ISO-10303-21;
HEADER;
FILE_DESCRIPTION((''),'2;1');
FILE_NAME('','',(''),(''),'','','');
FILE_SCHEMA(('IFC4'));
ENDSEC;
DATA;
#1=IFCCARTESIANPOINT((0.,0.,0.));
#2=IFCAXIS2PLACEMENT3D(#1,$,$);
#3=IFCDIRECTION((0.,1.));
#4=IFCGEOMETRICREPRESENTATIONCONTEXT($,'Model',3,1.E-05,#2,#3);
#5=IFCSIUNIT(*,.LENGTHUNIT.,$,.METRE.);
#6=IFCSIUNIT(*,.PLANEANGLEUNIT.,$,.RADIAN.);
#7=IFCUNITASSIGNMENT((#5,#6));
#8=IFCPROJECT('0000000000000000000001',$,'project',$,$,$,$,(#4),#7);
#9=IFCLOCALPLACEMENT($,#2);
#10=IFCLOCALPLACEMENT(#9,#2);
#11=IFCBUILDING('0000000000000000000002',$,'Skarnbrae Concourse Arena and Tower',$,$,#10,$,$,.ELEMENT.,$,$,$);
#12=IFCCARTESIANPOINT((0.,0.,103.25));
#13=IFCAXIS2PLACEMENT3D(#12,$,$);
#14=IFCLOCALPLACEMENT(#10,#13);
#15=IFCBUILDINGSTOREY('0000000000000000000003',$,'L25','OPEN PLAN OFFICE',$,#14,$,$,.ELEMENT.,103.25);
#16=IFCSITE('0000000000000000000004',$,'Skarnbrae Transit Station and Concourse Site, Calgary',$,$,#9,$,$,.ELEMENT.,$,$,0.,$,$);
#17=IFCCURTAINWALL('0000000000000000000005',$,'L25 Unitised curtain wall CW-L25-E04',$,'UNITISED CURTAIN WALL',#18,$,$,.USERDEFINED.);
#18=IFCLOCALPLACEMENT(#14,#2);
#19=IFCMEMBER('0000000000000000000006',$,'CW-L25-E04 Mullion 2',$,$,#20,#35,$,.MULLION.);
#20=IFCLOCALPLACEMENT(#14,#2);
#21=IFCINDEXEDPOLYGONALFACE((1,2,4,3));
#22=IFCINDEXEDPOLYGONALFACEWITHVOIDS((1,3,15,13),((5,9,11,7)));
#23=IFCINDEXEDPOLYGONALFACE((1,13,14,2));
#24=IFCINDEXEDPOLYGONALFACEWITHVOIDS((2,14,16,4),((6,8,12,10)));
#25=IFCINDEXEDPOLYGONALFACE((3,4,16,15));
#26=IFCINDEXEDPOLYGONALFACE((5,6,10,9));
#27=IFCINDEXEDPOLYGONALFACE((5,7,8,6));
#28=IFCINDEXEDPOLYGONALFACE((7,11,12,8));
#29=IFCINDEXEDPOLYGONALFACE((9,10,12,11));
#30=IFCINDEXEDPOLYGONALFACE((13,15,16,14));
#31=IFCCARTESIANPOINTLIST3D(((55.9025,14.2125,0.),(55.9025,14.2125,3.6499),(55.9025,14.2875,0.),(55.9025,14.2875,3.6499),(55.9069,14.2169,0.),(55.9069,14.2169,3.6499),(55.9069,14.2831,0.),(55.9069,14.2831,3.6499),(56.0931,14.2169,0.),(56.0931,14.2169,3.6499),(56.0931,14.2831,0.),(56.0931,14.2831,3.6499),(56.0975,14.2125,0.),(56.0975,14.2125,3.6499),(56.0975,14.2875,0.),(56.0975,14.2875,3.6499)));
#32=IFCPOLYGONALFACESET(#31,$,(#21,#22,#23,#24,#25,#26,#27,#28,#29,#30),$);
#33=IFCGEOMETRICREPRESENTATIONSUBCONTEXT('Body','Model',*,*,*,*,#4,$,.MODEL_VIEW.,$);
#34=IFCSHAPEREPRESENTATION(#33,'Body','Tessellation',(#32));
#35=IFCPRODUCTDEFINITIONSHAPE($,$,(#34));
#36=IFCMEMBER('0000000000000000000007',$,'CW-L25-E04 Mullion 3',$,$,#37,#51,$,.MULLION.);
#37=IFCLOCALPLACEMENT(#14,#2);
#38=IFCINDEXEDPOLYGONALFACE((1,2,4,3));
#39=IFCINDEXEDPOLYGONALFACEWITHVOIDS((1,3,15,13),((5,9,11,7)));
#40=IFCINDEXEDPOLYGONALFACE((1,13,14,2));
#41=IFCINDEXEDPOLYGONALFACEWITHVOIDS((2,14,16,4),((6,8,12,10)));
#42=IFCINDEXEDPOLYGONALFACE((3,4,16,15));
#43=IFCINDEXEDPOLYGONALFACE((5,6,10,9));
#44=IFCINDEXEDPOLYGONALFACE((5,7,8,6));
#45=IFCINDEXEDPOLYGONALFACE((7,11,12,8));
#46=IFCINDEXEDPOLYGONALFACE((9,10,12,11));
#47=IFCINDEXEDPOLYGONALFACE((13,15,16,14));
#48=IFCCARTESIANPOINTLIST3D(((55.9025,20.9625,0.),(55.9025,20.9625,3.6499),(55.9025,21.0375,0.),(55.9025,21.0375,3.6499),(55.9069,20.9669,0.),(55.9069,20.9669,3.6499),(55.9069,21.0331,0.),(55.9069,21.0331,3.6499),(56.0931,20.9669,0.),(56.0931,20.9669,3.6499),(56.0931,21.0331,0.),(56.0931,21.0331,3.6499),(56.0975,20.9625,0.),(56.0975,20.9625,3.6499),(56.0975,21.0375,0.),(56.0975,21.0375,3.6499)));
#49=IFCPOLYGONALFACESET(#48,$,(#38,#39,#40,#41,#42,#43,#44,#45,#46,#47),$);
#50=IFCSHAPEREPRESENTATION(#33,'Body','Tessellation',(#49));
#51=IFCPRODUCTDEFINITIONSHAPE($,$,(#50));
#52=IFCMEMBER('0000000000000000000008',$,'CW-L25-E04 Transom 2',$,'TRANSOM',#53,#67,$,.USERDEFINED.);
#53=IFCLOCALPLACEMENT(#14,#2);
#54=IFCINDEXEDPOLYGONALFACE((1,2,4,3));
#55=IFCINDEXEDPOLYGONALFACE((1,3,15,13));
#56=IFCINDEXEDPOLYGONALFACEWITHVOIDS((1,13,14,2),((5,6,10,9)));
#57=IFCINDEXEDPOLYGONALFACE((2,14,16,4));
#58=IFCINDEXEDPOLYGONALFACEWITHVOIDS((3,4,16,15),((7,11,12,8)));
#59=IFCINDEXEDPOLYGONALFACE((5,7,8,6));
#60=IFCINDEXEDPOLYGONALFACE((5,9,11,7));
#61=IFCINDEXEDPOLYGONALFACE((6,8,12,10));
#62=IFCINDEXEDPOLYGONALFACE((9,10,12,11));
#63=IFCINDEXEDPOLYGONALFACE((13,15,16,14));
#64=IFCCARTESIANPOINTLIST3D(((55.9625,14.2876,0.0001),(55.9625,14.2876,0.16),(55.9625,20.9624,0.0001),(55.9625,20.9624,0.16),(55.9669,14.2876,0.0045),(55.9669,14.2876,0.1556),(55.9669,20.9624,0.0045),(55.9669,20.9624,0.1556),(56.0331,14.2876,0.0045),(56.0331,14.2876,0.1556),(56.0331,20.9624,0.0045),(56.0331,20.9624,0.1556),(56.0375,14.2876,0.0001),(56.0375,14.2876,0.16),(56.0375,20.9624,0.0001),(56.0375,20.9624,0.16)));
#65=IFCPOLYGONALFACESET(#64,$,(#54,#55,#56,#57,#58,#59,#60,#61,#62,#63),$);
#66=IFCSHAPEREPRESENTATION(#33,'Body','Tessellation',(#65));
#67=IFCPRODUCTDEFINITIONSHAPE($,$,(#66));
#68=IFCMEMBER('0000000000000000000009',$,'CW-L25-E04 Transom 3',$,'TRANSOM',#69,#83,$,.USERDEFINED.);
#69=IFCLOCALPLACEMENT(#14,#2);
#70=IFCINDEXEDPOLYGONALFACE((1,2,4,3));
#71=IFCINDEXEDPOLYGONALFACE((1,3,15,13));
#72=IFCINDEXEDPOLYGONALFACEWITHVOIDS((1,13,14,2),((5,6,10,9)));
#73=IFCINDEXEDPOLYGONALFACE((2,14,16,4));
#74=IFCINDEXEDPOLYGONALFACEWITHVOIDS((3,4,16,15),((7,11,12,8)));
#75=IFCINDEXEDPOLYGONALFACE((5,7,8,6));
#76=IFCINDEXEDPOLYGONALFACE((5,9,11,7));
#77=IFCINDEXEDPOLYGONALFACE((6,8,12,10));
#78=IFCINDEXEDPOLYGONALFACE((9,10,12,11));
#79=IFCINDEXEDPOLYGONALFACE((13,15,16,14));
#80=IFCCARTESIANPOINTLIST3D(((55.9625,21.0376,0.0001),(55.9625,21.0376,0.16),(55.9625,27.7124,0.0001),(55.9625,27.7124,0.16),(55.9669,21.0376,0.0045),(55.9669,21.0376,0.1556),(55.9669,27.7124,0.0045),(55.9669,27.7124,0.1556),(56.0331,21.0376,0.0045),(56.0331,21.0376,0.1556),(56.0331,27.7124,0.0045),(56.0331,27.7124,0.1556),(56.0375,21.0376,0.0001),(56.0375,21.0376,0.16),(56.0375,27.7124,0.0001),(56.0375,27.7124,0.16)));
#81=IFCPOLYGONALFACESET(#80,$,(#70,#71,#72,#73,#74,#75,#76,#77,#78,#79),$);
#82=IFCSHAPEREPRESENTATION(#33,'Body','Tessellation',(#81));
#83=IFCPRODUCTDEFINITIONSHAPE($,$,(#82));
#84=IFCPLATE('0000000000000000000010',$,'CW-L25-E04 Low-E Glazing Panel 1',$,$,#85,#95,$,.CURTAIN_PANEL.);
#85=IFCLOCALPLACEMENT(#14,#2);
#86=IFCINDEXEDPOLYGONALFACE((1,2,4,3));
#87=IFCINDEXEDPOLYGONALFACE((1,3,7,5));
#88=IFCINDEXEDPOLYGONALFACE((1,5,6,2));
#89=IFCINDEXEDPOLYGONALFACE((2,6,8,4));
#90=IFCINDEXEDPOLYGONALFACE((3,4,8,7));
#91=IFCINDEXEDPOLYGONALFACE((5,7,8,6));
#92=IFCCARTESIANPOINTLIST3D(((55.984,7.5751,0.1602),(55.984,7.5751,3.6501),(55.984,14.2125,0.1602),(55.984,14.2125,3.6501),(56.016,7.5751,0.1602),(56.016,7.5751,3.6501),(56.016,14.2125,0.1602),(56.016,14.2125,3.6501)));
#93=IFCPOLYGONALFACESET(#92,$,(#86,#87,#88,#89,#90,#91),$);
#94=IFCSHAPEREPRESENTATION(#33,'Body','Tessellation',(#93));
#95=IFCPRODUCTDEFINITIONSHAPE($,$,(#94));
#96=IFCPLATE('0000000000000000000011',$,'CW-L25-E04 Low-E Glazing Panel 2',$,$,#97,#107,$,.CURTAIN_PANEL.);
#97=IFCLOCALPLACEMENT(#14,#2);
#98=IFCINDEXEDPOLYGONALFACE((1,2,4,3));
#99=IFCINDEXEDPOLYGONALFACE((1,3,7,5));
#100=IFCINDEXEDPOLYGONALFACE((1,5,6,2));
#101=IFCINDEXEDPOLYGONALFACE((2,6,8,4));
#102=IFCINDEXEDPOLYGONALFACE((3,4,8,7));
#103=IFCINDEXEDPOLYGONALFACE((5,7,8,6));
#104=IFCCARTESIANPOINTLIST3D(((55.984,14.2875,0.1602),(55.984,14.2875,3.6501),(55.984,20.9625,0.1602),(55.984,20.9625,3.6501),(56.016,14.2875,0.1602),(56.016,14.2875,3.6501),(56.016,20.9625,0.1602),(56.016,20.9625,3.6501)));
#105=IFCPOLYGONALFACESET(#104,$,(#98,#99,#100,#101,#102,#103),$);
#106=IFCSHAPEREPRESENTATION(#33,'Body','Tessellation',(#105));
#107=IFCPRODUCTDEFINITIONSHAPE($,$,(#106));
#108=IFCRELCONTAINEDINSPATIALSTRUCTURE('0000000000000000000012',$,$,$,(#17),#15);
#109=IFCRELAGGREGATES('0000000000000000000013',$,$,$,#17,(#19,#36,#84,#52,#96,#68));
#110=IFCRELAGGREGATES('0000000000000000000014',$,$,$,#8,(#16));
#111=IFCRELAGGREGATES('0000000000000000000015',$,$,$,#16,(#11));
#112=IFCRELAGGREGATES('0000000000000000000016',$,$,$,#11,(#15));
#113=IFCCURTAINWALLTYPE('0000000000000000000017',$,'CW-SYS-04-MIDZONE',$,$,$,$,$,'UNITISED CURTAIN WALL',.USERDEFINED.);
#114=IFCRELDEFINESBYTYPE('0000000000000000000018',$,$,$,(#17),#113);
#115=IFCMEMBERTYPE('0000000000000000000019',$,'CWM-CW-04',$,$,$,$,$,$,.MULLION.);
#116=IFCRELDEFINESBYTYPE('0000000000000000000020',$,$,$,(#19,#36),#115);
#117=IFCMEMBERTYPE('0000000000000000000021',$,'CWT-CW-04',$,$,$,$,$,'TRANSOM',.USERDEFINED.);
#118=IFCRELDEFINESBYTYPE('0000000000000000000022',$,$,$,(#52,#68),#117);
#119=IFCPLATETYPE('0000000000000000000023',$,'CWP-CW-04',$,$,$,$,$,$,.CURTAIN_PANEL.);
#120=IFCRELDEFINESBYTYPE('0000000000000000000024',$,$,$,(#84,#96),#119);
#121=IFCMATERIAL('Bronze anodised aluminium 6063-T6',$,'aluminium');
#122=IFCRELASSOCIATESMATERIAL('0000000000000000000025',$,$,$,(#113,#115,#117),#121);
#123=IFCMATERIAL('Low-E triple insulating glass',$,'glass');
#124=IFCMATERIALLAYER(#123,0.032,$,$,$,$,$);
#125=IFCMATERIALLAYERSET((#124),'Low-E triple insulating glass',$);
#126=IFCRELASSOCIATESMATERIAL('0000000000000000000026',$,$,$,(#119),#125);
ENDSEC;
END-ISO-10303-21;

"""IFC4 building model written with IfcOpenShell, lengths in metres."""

from ifc_helpers import new_model, si_unit, direction, frame, origin, origin_2d, place, context, subcontext, project, spatial, rectangle, hollow_rectangle, extrude, source, transform, mapped, material, layer, layer_set, material_profile, profile_set, type_object, element, aggregate, save


model = new_model("IFC4")

# Units and contexts
model_context = context("Model", 3, precision=1e-05, world=origin(), true_north=direction((0.0, 1.0)))
body_context = subcontext(model_context, "Body", "Model", "MODEL_VIEW")
ifc_project = project(units=[si_unit("LENGTHUNIT", "METRE"), si_unit("PLANEANGLEUNIT", "RADIAN")], contexts=[model_context])

# Site, building, storey
site_placement = place(None, origin())
site = spatial("IfcSite", under=ifc_project, at=site_placement, Name="Skarnbrae Transit Station and Concourse Site, Calgary", CompositionType="ELEMENT", RefElevation=0.0)
building_placement = place(site_placement, origin())
building = spatial("IfcBuilding", under=site, at=building_placement, Name="Skarnbrae Concourse Arena and Tower", CompositionType="ELEMENT")
storey_placement = place(building_placement, frame((0.0, 0.0, 103.25)))
storey = spatial("IfcBuildingStorey", under=building, at=storey_placement, Name="L25", Description="OPEN PLAN OFFICE", CompositionType="ELEMENT", Elevation=103.25)

# Curtain wall, members, plates
ifc_material_1 = material(Name="Bronze anodised aluminium 6063-T6", Category="aluminium")
curtain_wall_type = type_object("IfcCurtainWallType", Name="CW-SYS-04-MIDZONE", ElementType="UNITISED CURTAIN WALL", PredefinedType="USERDEFINED", material=ifc_material_1)
curtain_wall_placement = place(storey_placement, origin())
curtain_wall = element("IfcCurtainWall", 1, at=curtain_wall_placement, inside=storey, type_object=curtain_wall_type, Name="L25 Unitised curtain wall CW-L25-E04", ObjectType="UNITISED CURTAIN WALL", PredefinedType="USERDEFINED")
ifc_material_profile_1 = material_profile(ifc_material_1, hollow_rectangle(XDim=0.075, YDim=0.1951, WallThickness=0.0044, at=origin_2d()), Name="ALU-MULL-75X195")
ifc_profile_set_1 = profile_set([ifc_material_profile_1], Name="Bronze anodised aluminium 6063-T6")
member_type_1 = type_object("IfcMemberType", Name="CWM-CW-04", PredefinedType="MULLION", material=ifc_profile_set_1)
shared_shape_1 = source(origin(), body_context, "Body", "SweptSolid", [
    extrude(hollow_rectangle(XDim=0.075, YDim=0.1951, WallThickness=0.0044, at=origin_2d()), origin(), (0.0, 0.0, 1.0), 3.6499),
])
member_1_placement = place(storey_placement, frame((56.0, 14.25, 0.0), z_axis=(0.0, 0.0, 1.0), x_axis=(0.0, 1.0, 0.0)))
member_1 = element("IfcMember", 2, at=member_1_placement, type_object=member_type_1, Name="CW-L25-E04 Mullion 2", PredefinedType="MULLION", context=body_context, shape_type="MappedRepresentation", body=[
    mapped(shared_shape_1, transform((0.0, 0.0, 0.0))),
])
member_2_placement = place(storey_placement, frame((56.0, 21.0, 0.0), z_axis=(0.0, 0.0, 1.0), x_axis=(0.0, 1.0, 0.0)))
member_2 = element("IfcMember", 3, at=member_2_placement, type_object=member_type_1, Name="CW-L25-E04 Mullion 3", PredefinedType="MULLION", context=body_context, shape_type="MappedRepresentation", body=[
    mapped(shared_shape_1, transform((0.0, 0.0, 0.0))),
])
ifc_material_profile_2 = material_profile(ifc_material_1, hollow_rectangle(XDim=0.075, YDim=0.1599, WallThickness=0.0044, at=origin_2d()), Name="ALU-TRAN-75X160")
ifc_profile_set_2 = profile_set([ifc_material_profile_2], Name="Bronze anodised aluminium 6063-T6")
member_type_2 = type_object("IfcMemberType", Name="CWT-CW-04", ElementType="TRANSOM", PredefinedType="USERDEFINED", material=ifc_profile_set_2)
shared_shape_2 = source(origin(), body_context, "Body", "SweptSolid", [
    extrude(hollow_rectangle(XDim=0.075, YDim=0.1599, WallThickness=0.0044, at=origin_2d()), origin(), (0.0, 0.0, 1.0), 6.6748),
])
member_3_placement = place(storey_placement, frame((56.0, 14.2876, 0.0801), z_axis=(0.0, 1.0, 0.0), x_axis=(-1.0, 0.0, 0.0)))
member_3 = element("IfcMember", 4, at=member_3_placement, type_object=member_type_2, Name="CW-L25-E04 Transom 2", ObjectType="TRANSOM", PredefinedType="USERDEFINED", context=body_context, shape_type="MappedRepresentation", body=[
    mapped(shared_shape_2, transform((0.0, 0.0, 0.0))),
])
member_4_placement = place(storey_placement, frame((56.0, 21.0376, 0.0801), z_axis=(0.0, 1.0, 0.0), x_axis=(-1.0, 0.0, 0.0)))
member_4 = element("IfcMember", 5, at=member_4_placement, type_object=member_type_2, Name="CW-L25-E04 Transom 3", ObjectType="TRANSOM", PredefinedType="USERDEFINED", context=body_context, shape_type="MappedRepresentation", body=[
    mapped(shared_shape_2, transform((0.0, 0.0, 0.0))),
])
ifc_material_2 = material(Name="Low-E triple insulating glass", Category="glass")
ifc_layer = layer(ifc_material_2, 0.032)
ifc_layer_set = layer_set([ifc_layer], Name="Low-E triple insulating glass")
plate_type = type_object("IfcPlateType", Name="CWP-CW-04", PredefinedType="CURTAIN_PANEL", material=ifc_layer_set)
shared_shape_3 = source(origin(), body_context, "Body", "SweptSolid", [
    extrude(rectangle(XDim=6.6375, YDim=0.032, at=origin_2d()), origin(), (0.0, 0.0, 1.0), 3.49),
])
plate_1_placement = place(storey_placement, frame((56.0, 10.8938, 0.1602), z_axis=(0.0, 0.0, 1.0), x_axis=(0.0, 1.0, 0.0)))
plate_1 = element("IfcPlate", 6, at=plate_1_placement, type_object=plate_type, Name="CW-L25-E04 Low-E Glazing Panel 1", PredefinedType="CURTAIN_PANEL", context=body_context, shape_type="MappedRepresentation", body=[
    mapped(shared_shape_3, transform((0.0, 0.0, 0.0))),
])
shared_shape_4 = source(origin(), body_context, "Body", "SweptSolid", [
    extrude(rectangle(XDim=6.675, YDim=0.032, at=origin_2d()), origin(), (0.0, 0.0, 1.0), 3.49),
])
plate_2_placement = place(storey_placement, frame((56.0, 17.625, 0.1602), z_axis=(0.0, 0.0, 1.0), x_axis=(0.0, 1.0, 0.0)))
plate_2 = element("IfcPlate", 7, at=plate_2_placement, type_object=plate_type, Name="CW-L25-E04 Low-E Glazing Panel 2", PredefinedType="CURTAIN_PANEL", context=body_context, shape_type="MappedRepresentation", body=[
    mapped(shared_shape_4, transform((0.0, 0.0, 0.0))),
])
aggregate(curtain_wall, [member_1, member_2, plate_1, member_3, plate_2, member_4])

save(model, "model.ifc")
